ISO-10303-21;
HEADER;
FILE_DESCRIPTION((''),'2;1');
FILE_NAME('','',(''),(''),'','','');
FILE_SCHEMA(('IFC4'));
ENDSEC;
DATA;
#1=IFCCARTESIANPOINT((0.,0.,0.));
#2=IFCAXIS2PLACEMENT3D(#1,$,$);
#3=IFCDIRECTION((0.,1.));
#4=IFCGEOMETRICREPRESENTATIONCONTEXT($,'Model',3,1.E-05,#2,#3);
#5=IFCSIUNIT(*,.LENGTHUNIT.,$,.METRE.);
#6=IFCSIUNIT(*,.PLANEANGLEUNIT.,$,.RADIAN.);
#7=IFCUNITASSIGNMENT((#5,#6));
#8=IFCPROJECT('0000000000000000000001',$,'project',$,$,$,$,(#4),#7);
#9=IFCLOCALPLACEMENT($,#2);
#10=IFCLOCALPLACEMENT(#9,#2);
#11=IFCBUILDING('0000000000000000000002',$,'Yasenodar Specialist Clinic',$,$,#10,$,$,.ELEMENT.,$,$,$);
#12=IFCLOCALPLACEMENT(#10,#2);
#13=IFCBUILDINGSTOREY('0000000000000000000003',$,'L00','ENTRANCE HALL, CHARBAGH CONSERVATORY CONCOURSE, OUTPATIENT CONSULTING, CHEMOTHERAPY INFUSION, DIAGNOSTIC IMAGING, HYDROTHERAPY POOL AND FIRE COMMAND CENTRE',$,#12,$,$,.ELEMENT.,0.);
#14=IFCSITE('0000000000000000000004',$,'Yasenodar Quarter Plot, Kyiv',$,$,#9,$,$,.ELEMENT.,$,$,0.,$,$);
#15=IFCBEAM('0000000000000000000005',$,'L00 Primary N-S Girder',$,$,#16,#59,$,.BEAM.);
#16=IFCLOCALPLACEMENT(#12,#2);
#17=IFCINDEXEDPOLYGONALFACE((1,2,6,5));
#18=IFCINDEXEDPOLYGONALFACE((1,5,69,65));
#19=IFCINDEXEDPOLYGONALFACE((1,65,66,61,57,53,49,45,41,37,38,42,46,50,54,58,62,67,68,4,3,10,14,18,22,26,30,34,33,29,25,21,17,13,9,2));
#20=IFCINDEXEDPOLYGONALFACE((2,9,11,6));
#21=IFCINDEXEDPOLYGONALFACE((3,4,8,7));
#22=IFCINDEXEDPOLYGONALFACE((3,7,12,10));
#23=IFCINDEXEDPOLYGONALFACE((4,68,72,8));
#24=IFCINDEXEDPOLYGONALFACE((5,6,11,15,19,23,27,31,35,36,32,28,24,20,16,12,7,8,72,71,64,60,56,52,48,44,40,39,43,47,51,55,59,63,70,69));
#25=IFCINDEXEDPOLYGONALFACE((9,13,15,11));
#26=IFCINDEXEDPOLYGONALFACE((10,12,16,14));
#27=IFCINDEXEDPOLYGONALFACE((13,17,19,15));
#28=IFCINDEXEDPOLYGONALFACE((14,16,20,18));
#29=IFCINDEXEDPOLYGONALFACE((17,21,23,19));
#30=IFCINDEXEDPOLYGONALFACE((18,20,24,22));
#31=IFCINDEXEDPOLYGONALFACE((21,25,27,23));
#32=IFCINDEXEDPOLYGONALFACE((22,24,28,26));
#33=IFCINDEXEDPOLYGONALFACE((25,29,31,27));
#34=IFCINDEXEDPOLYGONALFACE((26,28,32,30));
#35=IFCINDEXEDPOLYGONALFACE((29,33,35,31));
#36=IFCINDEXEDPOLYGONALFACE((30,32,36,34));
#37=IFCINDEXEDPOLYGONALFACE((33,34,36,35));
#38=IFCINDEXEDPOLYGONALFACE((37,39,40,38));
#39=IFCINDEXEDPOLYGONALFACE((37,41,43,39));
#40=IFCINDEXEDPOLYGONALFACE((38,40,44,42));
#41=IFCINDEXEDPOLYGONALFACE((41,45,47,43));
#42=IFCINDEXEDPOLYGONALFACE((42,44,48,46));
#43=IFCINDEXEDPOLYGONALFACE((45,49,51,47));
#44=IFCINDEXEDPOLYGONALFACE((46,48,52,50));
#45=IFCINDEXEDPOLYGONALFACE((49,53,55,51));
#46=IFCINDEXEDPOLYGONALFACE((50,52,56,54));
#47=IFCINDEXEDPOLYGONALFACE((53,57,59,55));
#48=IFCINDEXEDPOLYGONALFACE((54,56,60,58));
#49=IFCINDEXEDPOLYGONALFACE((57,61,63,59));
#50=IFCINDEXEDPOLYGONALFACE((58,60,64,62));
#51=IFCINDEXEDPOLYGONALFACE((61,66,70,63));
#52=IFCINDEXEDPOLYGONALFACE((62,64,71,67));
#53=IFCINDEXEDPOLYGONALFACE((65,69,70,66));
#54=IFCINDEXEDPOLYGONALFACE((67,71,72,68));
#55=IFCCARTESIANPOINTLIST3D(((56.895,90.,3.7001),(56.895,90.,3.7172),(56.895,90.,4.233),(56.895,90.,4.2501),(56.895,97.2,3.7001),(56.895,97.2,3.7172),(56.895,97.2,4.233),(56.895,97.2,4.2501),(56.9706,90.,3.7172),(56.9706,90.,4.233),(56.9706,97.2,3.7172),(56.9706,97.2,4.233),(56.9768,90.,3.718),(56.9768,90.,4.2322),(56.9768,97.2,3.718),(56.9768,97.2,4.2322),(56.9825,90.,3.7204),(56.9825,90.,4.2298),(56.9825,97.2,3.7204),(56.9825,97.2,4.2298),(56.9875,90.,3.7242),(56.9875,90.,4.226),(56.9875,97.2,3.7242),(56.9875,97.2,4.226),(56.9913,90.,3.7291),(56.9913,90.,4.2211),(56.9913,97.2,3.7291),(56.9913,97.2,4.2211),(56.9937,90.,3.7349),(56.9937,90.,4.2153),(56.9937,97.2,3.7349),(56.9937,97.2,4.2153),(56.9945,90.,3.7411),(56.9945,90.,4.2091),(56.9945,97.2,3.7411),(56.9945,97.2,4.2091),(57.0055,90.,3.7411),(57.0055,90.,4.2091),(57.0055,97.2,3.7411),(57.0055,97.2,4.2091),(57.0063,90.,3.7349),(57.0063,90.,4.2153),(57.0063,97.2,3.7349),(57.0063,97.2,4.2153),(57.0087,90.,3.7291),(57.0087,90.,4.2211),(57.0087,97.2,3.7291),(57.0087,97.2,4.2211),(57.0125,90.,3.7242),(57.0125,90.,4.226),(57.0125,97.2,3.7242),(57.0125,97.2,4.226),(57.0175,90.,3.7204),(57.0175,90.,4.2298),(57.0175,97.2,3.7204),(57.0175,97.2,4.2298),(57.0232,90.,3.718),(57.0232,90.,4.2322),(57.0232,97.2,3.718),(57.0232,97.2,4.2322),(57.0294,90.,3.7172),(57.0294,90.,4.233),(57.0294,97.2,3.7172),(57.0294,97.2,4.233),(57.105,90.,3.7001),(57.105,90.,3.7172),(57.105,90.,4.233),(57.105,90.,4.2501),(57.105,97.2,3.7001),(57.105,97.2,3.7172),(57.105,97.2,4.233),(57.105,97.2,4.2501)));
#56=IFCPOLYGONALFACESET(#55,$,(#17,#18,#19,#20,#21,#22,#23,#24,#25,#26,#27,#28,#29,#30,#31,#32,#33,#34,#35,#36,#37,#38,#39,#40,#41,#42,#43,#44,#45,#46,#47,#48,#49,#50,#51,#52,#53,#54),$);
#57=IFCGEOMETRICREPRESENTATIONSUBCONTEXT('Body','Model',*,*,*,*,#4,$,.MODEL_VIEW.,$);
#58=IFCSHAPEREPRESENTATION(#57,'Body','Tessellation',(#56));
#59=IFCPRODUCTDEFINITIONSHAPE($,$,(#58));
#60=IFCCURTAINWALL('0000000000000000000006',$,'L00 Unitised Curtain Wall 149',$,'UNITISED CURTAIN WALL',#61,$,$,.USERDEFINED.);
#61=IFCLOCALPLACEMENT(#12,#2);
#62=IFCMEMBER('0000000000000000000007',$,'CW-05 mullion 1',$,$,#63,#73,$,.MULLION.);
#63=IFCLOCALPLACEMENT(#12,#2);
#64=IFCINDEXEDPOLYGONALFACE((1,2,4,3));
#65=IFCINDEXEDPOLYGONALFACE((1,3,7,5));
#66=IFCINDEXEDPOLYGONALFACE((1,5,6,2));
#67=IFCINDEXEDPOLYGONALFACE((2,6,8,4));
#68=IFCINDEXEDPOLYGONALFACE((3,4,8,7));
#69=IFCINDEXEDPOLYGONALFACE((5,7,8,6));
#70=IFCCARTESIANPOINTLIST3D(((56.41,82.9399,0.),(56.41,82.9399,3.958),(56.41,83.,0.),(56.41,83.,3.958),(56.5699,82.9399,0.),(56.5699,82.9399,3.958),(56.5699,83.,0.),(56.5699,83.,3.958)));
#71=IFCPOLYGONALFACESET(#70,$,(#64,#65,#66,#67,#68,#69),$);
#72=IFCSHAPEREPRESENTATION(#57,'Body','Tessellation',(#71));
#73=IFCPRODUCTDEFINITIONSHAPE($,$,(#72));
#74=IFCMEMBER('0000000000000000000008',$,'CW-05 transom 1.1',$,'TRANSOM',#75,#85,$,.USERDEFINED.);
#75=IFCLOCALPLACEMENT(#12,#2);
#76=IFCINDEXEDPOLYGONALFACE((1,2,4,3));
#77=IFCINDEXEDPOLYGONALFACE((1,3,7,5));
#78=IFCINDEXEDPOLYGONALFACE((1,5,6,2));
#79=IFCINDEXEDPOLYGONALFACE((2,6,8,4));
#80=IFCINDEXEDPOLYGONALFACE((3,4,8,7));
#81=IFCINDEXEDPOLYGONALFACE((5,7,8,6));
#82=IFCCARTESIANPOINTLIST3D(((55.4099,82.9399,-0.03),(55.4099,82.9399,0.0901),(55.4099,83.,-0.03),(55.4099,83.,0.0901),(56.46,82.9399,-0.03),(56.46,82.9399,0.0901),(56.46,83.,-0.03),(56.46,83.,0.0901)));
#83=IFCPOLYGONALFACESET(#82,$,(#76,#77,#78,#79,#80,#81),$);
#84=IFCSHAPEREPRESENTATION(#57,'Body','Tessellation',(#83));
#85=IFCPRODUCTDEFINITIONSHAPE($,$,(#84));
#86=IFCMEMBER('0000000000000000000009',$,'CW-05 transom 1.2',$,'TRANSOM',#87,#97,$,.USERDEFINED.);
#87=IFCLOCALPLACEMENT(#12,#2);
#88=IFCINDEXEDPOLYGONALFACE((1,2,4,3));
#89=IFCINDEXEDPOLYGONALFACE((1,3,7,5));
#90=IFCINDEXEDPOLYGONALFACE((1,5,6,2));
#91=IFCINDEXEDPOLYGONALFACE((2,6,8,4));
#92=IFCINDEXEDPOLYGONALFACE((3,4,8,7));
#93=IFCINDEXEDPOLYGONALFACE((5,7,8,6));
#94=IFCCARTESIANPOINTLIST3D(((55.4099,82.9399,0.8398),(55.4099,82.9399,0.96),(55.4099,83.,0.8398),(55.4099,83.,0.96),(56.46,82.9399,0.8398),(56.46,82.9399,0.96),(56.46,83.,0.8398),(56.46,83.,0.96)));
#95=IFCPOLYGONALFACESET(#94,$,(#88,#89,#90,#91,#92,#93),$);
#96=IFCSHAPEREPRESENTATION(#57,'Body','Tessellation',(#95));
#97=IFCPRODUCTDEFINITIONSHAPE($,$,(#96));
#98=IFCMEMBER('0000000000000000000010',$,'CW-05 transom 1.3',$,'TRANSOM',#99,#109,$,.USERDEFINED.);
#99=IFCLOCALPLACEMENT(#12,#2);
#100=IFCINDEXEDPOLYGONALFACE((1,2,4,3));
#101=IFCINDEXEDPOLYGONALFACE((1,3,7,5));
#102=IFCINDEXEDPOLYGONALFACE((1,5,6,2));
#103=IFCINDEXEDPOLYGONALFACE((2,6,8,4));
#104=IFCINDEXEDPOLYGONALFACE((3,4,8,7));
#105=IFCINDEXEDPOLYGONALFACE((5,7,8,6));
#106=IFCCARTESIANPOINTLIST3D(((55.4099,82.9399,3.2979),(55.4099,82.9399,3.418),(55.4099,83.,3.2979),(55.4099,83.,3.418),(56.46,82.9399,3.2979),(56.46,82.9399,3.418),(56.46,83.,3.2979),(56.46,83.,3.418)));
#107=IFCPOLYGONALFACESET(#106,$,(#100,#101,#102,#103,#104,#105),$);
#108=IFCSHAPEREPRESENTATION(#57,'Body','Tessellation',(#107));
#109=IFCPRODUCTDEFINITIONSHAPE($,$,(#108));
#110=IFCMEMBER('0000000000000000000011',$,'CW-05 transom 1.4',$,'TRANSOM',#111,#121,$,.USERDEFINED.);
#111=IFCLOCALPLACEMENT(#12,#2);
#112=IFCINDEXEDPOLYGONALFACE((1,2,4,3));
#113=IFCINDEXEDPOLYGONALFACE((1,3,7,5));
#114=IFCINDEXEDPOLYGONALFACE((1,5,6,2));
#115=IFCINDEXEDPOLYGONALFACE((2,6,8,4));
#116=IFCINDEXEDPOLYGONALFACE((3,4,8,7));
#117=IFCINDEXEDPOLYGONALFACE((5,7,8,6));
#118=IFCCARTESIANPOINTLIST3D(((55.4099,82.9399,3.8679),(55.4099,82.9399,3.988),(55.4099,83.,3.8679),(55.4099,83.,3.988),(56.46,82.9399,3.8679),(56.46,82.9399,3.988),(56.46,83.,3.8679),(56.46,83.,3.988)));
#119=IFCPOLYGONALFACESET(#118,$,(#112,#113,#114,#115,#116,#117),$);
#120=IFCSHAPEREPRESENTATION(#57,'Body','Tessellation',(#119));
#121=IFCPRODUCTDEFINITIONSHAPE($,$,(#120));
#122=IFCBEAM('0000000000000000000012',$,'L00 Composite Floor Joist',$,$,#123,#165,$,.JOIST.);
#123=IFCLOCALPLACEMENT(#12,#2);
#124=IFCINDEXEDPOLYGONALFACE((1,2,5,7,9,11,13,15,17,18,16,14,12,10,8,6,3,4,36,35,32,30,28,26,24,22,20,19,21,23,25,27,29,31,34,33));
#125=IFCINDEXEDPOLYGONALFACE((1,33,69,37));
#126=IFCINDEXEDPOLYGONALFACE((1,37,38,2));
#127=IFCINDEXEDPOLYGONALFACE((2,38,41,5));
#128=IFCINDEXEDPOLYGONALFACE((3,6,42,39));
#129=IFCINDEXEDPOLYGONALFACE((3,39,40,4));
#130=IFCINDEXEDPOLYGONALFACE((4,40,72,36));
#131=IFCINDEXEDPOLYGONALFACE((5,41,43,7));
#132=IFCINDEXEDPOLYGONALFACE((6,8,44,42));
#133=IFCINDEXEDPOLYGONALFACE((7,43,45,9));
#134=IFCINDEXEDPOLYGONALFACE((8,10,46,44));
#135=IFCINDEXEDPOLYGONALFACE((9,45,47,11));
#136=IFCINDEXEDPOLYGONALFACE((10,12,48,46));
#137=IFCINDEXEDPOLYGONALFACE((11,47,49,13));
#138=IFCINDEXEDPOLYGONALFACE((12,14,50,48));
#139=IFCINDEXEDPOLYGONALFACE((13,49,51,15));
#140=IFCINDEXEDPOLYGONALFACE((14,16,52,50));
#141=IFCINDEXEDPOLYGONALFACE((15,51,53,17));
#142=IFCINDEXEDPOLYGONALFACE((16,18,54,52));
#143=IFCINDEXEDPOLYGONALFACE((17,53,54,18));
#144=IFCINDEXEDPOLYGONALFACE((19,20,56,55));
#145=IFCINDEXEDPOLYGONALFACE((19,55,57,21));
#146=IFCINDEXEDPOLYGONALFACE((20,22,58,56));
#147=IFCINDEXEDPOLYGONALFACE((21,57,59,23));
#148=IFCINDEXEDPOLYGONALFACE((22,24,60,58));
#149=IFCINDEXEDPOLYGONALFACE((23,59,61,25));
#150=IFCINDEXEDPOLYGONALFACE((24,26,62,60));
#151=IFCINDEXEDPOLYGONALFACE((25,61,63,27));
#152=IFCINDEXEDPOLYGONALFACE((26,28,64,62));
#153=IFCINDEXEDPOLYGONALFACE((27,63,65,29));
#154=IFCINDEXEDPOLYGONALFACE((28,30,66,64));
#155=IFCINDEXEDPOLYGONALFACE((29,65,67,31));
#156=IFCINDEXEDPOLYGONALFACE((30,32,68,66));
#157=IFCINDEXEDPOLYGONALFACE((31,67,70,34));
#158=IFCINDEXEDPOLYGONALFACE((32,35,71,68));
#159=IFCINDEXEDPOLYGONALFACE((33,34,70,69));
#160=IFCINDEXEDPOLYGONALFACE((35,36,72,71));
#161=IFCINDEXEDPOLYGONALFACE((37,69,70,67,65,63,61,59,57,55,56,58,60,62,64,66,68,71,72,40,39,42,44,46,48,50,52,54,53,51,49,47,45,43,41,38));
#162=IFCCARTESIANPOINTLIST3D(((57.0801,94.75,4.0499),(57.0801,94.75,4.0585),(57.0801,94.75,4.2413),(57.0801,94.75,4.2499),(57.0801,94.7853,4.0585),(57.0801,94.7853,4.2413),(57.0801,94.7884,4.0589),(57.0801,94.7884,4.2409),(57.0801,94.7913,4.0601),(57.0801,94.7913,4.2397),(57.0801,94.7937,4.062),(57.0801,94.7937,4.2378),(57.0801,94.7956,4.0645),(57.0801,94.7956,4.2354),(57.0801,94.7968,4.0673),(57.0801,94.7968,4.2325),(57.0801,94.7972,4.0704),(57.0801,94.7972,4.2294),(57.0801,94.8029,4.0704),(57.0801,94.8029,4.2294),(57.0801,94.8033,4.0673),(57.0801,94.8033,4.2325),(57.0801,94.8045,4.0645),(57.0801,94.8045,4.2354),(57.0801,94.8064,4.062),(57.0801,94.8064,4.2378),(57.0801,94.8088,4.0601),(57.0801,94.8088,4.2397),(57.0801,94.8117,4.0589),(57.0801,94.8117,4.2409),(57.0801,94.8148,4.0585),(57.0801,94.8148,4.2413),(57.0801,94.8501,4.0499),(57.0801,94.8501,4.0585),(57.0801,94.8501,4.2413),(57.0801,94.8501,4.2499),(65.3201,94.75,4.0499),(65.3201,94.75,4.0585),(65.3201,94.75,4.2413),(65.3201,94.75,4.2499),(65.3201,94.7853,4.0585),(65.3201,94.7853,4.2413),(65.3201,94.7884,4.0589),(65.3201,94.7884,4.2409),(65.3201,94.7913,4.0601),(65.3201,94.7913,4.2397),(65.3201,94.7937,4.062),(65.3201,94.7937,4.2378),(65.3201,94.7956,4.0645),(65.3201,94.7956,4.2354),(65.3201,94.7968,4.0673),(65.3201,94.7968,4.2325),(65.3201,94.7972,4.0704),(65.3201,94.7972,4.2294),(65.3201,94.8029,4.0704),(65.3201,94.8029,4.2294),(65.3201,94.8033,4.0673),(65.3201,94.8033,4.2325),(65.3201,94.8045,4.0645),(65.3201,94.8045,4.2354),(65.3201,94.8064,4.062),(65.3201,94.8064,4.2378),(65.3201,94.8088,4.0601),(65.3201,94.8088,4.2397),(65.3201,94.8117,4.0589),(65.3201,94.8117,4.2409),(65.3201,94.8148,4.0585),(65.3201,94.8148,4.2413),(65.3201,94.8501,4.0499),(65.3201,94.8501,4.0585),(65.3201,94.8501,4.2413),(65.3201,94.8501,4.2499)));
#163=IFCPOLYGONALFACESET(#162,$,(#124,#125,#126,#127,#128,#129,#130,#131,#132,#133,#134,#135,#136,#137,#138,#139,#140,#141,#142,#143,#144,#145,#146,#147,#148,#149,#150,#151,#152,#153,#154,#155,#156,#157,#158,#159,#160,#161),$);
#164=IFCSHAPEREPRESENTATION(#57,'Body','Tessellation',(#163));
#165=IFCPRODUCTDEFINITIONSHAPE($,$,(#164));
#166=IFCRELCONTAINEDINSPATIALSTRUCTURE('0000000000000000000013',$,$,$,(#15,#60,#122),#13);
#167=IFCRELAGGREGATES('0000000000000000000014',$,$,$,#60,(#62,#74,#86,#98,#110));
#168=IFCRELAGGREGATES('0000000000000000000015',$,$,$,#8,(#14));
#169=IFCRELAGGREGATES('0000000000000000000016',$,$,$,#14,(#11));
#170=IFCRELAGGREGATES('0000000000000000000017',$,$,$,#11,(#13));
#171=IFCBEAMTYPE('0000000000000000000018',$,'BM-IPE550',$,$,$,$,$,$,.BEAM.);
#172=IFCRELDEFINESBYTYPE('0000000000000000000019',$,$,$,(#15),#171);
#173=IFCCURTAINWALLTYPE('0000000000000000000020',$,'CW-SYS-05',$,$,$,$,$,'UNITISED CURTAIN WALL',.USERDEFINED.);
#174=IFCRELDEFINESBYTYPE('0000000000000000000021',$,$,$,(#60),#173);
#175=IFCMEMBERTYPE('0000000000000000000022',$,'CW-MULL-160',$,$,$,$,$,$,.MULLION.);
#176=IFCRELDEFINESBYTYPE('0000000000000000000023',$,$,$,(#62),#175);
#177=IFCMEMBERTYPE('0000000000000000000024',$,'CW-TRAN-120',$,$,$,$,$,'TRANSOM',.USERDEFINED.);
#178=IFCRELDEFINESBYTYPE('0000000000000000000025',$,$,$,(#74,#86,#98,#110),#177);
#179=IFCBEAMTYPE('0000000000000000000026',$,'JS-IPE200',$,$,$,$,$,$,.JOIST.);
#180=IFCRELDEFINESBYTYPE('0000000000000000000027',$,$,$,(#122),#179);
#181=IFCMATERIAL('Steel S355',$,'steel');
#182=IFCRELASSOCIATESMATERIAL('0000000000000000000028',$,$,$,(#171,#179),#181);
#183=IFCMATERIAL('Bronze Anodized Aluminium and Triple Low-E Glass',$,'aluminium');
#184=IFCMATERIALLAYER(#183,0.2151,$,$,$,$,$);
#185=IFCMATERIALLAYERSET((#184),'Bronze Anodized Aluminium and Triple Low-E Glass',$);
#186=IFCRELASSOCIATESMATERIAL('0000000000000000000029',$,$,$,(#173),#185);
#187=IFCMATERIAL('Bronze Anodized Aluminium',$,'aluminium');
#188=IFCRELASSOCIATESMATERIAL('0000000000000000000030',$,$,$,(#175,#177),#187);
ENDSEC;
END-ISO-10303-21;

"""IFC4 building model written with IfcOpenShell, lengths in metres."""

from ifc_helpers import new_model, si_unit, direction, frame, origin, origin_2d, place, context, subcontext, project, spatial, rectangle, i_section, extrude, material, layer, layer_set, material_profile, profile_set, type_object, element, aggregate, save


model = new_model("IFC4")

# Units and contexts
model_context = context("Model", 3, precision=1e-05, world=origin(), true_north=direction((0.0, 1.0)))
body_context = subcontext(model_context, "Body", "Model", "MODEL_VIEW")
ifc_project = project(units=[si_unit("LENGTHUNIT", "METRE"), si_unit("PLANEANGLEUNIT", "RADIAN")], contexts=[model_context])

# Site, building, storey
site_placement = place(None, origin())
site = spatial("IfcSite", under=ifc_project, at=site_placement, Name="Yasenodar Quarter Plot, Kyiv", CompositionType="ELEMENT", RefElevation=0.0)
building_placement = place(site_placement, origin())
building = spatial("IfcBuilding", under=site, at=building_placement, Name="Yasenodar Specialist Clinic", CompositionType="ELEMENT")
storey_placement = place(building_placement, origin())
storey = spatial("IfcBuildingStorey", under=building, at=storey_placement, Name="L00", Description="ENTRANCE HALL, CHARBAGH CONSERVATORY CONCOURSE, OUTPATIENT CONSULTING, CHEMOTHERAPY INFUSION, DIAGNOSTIC IMAGING, HYDROTHERAPY POOL AND FIRE COMMAND CENTRE", CompositionType="ELEMENT", Elevation=0.0)

# Shared definitions
ifc_material_1 = material(Name="Steel S355", Category="steel")

# Beam
ifc_material_profile_1 = material_profile(ifc_material_1, i_section(OverallWidth=0.21, OverallDepth=0.55, WebThickness=0.011, FlangeThickness=0.0171, FilletRadius=0.0239, at=origin_2d()), Name="IPE 550")
ifc_profile_set_1 = profile_set([ifc_material_profile_1], Name="Steel S355")
beam_type_1 = type_object("IfcBeamType", Name="BM-IPE550", PredefinedType="BEAM", material=ifc_profile_set_1)
beam_1_placement = place(storey_placement, frame((57.0, 90.0, 3.9751), z_axis=(0.0, 1.0, 0.0), x_axis=(-1.0, 0.0, 0.0)))
element("IfcBeam", 1, at=beam_1_placement, inside=storey, type_object=beam_type_1, Name="L00 Primary N-S Girder", PredefinedType="BEAM", context=body_context, shape_type="SweptSolid", body=[
    extrude(i_section(OverallWidth=0.21, OverallDepth=0.55, WebThickness=0.011, FlangeThickness=0.0171, FilletRadius=0.0239, at=origin_2d()), origin(), (0.0, 0.0, 1.0), 7.2),
])

# Curtain wall, members
ifc_material_2 = material(Name="Bronze Anodized Aluminium and Triple Low-E Glass", Category="aluminium")
ifc_layer_1 = layer(ifc_material_2, 0.2151)
ifc_layer_set_1 = layer_set([ifc_layer_1], Name="Bronze Anodized Aluminium and Triple Low-E Glass")
curtain_wall_type = type_object("IfcCurtainWallType", Name="CW-SYS-05", ElementType="UNITISED CURTAIN WALL", PredefinedType="USERDEFINED", material=ifc_layer_set_1)
curtain_wall_placement = place(storey_placement, origin())
curtain_wall = element("IfcCurtainWall", 2, at=curtain_wall_placement, inside=storey, type_object=curtain_wall_type, Name="L00 Unitised Curtain Wall 149", ObjectType="UNITISED CURTAIN WALL", PredefinedType="USERDEFINED")
ifc_material_3 = material(Name="Bronze Anodized Aluminium", Category="aluminium")
ifc_material_profile_2 = material_profile(ifc_material_3, rectangle(XDim=0.0601, YDim=0.1599, at=origin_2d()), Name="CW-MULL 60x160")
ifc_profile_set_2 = profile_set([ifc_material_profile_2], Name="Bronze Anodized Aluminium")
member_type_1 = type_object("IfcMemberType", Name="CW-MULL-160", PredefinedType="MULLION", material=ifc_profile_set_2)
member_1_placement = place(storey_placement, frame((56.49, 82.97, 0.0), z_axis=(0.0, 0.0, 1.0), x_axis=(0.0, -1.0, 0.0)))
member_1 = element("IfcMember", 3, at=member_1_placement, type_object=member_type_1, Name="CW-05 mullion 1", PredefinedType="MULLION", context=body_context, shape_type="SweptSolid", body=[
    extrude(rectangle(XDim=0.0601, YDim=0.1599, at=origin_2d()), origin(), (0.0, 0.0, 1.0), 3.958),
])
ifc_material_profile_3 = material_profile(ifc_material_3, rectangle(XDim=0.0601, YDim=0.1201, at=origin_2d()), Name="CW-TRAN 60x120")
ifc_profile_set_3 = profile_set([ifc_material_profile_3], Name="Bronze Anodized Aluminium")
member_type_2 = type_object("IfcMemberType", Name="CW-TRAN-120", ElementType="TRANSOM", PredefinedType="USERDEFINED", material=ifc_profile_set_3)
member_2_placement = place(storey_placement, frame((56.46, 82.97, 0.03), z_axis=(-1.0, 0.0, 0.0), x_axis=(0.0, -1.0, 0.0)))
member_2 = element("IfcMember", 4, at=member_2_placement, type_object=member_type_2, Name="CW-05 transom 1.1", ObjectType="TRANSOM", PredefinedType="USERDEFINED", context=body_context, shape_type="SweptSolid", body=[
    extrude(rectangle(XDim=0.0601, YDim=0.1201, at=origin_2d()), origin(), (0.0, 0.0, 1.0), 1.05),
])
member_3_placement = place(storey_placement, frame((56.46, 82.97, 0.8999), z_axis=(-1.0, 0.0, 0.0), x_axis=(0.0, -1.0, 0.0)))
member_3 = element("IfcMember", 5, at=member_3_placement, type_object=member_type_2, Name="CW-05 transom 1.2", ObjectType="TRANSOM", PredefinedType="USERDEFINED", context=body_context, shape_type="SweptSolid", body=[
    extrude(rectangle(XDim=0.0601, YDim=0.1201, at=origin_2d()), origin(), (0.0, 0.0, 1.0), 1.05),
])
member_4_placement = place(storey_placement, frame((56.46, 82.97, 3.3579), z_axis=(-1.0, 0.0, 0.0), x_axis=(0.0, -1.0, 0.0)))
member_4 = element("IfcMember", 6, at=member_4_placement, type_object=member_type_2, Name="CW-05 transom 1.3", ObjectType="TRANSOM", PredefinedType="USERDEFINED", context=body_context, shape_type="SweptSolid", body=[
    extrude(rectangle(XDim=0.0601, YDim=0.1201, at=origin_2d()), origin(), (0.0, 0.0, 1.0), 1.05),
])
member_5_placement = place(storey_placement, frame((56.46, 82.97, 3.928), z_axis=(-1.0, 0.0, 0.0), x_axis=(0.0, -1.0, 0.0)))
member_5 = element("IfcMember", 7, at=member_5_placement, type_object=member_type_2, Name="CW-05 transom 1.4", ObjectType="TRANSOM", PredefinedType="USERDEFINED", context=body_context, shape_type="SweptSolid", body=[
    extrude(rectangle(XDim=0.0601, YDim=0.1201, at=origin_2d()), origin(), (0.0, 0.0, 1.0), 1.05),
])

# Beam
ifc_material_profile_4 = material_profile(ifc_material_1, i_section(OverallWidth=0.1001, OverallDepth=0.2, WebThickness=0.0056, FlangeThickness=0.0085, FilletRadius=0.012, at=origin_2d()), Name="IPE 200")
ifc_profile_set_4 = profile_set([ifc_material_profile_4], Name="Steel S355")
beam_type_2 = type_object("IfcBeamType", Name="JS-IPE200", PredefinedType="JOIST", material=ifc_profile_set_4)
beam_2_placement = place(storey_placement, frame((57.0801, 94.8, 4.1499), z_axis=(1.0, 0.0, 0.0), x_axis=(0.0, 1.0, 0.0)))
element("IfcBeam", 8, at=beam_2_placement, inside=storey, type_object=beam_type_2, Name="L00 Composite Floor Joist", PredefinedType="JOIST", context=body_context, shape_type="SweptSolid", body=[
    extrude(i_section(OverallWidth=0.1001, OverallDepth=0.2, WebThickness=0.0056, FlangeThickness=0.0085, FilletRadius=0.012, at=origin_2d()), origin(), (0.0, 0.0, 1.0), 8.24),
])

aggregate(curtain_wall, [member_1, member_2, member_3, member_4, member_5])

save(model, "model.ifc")
